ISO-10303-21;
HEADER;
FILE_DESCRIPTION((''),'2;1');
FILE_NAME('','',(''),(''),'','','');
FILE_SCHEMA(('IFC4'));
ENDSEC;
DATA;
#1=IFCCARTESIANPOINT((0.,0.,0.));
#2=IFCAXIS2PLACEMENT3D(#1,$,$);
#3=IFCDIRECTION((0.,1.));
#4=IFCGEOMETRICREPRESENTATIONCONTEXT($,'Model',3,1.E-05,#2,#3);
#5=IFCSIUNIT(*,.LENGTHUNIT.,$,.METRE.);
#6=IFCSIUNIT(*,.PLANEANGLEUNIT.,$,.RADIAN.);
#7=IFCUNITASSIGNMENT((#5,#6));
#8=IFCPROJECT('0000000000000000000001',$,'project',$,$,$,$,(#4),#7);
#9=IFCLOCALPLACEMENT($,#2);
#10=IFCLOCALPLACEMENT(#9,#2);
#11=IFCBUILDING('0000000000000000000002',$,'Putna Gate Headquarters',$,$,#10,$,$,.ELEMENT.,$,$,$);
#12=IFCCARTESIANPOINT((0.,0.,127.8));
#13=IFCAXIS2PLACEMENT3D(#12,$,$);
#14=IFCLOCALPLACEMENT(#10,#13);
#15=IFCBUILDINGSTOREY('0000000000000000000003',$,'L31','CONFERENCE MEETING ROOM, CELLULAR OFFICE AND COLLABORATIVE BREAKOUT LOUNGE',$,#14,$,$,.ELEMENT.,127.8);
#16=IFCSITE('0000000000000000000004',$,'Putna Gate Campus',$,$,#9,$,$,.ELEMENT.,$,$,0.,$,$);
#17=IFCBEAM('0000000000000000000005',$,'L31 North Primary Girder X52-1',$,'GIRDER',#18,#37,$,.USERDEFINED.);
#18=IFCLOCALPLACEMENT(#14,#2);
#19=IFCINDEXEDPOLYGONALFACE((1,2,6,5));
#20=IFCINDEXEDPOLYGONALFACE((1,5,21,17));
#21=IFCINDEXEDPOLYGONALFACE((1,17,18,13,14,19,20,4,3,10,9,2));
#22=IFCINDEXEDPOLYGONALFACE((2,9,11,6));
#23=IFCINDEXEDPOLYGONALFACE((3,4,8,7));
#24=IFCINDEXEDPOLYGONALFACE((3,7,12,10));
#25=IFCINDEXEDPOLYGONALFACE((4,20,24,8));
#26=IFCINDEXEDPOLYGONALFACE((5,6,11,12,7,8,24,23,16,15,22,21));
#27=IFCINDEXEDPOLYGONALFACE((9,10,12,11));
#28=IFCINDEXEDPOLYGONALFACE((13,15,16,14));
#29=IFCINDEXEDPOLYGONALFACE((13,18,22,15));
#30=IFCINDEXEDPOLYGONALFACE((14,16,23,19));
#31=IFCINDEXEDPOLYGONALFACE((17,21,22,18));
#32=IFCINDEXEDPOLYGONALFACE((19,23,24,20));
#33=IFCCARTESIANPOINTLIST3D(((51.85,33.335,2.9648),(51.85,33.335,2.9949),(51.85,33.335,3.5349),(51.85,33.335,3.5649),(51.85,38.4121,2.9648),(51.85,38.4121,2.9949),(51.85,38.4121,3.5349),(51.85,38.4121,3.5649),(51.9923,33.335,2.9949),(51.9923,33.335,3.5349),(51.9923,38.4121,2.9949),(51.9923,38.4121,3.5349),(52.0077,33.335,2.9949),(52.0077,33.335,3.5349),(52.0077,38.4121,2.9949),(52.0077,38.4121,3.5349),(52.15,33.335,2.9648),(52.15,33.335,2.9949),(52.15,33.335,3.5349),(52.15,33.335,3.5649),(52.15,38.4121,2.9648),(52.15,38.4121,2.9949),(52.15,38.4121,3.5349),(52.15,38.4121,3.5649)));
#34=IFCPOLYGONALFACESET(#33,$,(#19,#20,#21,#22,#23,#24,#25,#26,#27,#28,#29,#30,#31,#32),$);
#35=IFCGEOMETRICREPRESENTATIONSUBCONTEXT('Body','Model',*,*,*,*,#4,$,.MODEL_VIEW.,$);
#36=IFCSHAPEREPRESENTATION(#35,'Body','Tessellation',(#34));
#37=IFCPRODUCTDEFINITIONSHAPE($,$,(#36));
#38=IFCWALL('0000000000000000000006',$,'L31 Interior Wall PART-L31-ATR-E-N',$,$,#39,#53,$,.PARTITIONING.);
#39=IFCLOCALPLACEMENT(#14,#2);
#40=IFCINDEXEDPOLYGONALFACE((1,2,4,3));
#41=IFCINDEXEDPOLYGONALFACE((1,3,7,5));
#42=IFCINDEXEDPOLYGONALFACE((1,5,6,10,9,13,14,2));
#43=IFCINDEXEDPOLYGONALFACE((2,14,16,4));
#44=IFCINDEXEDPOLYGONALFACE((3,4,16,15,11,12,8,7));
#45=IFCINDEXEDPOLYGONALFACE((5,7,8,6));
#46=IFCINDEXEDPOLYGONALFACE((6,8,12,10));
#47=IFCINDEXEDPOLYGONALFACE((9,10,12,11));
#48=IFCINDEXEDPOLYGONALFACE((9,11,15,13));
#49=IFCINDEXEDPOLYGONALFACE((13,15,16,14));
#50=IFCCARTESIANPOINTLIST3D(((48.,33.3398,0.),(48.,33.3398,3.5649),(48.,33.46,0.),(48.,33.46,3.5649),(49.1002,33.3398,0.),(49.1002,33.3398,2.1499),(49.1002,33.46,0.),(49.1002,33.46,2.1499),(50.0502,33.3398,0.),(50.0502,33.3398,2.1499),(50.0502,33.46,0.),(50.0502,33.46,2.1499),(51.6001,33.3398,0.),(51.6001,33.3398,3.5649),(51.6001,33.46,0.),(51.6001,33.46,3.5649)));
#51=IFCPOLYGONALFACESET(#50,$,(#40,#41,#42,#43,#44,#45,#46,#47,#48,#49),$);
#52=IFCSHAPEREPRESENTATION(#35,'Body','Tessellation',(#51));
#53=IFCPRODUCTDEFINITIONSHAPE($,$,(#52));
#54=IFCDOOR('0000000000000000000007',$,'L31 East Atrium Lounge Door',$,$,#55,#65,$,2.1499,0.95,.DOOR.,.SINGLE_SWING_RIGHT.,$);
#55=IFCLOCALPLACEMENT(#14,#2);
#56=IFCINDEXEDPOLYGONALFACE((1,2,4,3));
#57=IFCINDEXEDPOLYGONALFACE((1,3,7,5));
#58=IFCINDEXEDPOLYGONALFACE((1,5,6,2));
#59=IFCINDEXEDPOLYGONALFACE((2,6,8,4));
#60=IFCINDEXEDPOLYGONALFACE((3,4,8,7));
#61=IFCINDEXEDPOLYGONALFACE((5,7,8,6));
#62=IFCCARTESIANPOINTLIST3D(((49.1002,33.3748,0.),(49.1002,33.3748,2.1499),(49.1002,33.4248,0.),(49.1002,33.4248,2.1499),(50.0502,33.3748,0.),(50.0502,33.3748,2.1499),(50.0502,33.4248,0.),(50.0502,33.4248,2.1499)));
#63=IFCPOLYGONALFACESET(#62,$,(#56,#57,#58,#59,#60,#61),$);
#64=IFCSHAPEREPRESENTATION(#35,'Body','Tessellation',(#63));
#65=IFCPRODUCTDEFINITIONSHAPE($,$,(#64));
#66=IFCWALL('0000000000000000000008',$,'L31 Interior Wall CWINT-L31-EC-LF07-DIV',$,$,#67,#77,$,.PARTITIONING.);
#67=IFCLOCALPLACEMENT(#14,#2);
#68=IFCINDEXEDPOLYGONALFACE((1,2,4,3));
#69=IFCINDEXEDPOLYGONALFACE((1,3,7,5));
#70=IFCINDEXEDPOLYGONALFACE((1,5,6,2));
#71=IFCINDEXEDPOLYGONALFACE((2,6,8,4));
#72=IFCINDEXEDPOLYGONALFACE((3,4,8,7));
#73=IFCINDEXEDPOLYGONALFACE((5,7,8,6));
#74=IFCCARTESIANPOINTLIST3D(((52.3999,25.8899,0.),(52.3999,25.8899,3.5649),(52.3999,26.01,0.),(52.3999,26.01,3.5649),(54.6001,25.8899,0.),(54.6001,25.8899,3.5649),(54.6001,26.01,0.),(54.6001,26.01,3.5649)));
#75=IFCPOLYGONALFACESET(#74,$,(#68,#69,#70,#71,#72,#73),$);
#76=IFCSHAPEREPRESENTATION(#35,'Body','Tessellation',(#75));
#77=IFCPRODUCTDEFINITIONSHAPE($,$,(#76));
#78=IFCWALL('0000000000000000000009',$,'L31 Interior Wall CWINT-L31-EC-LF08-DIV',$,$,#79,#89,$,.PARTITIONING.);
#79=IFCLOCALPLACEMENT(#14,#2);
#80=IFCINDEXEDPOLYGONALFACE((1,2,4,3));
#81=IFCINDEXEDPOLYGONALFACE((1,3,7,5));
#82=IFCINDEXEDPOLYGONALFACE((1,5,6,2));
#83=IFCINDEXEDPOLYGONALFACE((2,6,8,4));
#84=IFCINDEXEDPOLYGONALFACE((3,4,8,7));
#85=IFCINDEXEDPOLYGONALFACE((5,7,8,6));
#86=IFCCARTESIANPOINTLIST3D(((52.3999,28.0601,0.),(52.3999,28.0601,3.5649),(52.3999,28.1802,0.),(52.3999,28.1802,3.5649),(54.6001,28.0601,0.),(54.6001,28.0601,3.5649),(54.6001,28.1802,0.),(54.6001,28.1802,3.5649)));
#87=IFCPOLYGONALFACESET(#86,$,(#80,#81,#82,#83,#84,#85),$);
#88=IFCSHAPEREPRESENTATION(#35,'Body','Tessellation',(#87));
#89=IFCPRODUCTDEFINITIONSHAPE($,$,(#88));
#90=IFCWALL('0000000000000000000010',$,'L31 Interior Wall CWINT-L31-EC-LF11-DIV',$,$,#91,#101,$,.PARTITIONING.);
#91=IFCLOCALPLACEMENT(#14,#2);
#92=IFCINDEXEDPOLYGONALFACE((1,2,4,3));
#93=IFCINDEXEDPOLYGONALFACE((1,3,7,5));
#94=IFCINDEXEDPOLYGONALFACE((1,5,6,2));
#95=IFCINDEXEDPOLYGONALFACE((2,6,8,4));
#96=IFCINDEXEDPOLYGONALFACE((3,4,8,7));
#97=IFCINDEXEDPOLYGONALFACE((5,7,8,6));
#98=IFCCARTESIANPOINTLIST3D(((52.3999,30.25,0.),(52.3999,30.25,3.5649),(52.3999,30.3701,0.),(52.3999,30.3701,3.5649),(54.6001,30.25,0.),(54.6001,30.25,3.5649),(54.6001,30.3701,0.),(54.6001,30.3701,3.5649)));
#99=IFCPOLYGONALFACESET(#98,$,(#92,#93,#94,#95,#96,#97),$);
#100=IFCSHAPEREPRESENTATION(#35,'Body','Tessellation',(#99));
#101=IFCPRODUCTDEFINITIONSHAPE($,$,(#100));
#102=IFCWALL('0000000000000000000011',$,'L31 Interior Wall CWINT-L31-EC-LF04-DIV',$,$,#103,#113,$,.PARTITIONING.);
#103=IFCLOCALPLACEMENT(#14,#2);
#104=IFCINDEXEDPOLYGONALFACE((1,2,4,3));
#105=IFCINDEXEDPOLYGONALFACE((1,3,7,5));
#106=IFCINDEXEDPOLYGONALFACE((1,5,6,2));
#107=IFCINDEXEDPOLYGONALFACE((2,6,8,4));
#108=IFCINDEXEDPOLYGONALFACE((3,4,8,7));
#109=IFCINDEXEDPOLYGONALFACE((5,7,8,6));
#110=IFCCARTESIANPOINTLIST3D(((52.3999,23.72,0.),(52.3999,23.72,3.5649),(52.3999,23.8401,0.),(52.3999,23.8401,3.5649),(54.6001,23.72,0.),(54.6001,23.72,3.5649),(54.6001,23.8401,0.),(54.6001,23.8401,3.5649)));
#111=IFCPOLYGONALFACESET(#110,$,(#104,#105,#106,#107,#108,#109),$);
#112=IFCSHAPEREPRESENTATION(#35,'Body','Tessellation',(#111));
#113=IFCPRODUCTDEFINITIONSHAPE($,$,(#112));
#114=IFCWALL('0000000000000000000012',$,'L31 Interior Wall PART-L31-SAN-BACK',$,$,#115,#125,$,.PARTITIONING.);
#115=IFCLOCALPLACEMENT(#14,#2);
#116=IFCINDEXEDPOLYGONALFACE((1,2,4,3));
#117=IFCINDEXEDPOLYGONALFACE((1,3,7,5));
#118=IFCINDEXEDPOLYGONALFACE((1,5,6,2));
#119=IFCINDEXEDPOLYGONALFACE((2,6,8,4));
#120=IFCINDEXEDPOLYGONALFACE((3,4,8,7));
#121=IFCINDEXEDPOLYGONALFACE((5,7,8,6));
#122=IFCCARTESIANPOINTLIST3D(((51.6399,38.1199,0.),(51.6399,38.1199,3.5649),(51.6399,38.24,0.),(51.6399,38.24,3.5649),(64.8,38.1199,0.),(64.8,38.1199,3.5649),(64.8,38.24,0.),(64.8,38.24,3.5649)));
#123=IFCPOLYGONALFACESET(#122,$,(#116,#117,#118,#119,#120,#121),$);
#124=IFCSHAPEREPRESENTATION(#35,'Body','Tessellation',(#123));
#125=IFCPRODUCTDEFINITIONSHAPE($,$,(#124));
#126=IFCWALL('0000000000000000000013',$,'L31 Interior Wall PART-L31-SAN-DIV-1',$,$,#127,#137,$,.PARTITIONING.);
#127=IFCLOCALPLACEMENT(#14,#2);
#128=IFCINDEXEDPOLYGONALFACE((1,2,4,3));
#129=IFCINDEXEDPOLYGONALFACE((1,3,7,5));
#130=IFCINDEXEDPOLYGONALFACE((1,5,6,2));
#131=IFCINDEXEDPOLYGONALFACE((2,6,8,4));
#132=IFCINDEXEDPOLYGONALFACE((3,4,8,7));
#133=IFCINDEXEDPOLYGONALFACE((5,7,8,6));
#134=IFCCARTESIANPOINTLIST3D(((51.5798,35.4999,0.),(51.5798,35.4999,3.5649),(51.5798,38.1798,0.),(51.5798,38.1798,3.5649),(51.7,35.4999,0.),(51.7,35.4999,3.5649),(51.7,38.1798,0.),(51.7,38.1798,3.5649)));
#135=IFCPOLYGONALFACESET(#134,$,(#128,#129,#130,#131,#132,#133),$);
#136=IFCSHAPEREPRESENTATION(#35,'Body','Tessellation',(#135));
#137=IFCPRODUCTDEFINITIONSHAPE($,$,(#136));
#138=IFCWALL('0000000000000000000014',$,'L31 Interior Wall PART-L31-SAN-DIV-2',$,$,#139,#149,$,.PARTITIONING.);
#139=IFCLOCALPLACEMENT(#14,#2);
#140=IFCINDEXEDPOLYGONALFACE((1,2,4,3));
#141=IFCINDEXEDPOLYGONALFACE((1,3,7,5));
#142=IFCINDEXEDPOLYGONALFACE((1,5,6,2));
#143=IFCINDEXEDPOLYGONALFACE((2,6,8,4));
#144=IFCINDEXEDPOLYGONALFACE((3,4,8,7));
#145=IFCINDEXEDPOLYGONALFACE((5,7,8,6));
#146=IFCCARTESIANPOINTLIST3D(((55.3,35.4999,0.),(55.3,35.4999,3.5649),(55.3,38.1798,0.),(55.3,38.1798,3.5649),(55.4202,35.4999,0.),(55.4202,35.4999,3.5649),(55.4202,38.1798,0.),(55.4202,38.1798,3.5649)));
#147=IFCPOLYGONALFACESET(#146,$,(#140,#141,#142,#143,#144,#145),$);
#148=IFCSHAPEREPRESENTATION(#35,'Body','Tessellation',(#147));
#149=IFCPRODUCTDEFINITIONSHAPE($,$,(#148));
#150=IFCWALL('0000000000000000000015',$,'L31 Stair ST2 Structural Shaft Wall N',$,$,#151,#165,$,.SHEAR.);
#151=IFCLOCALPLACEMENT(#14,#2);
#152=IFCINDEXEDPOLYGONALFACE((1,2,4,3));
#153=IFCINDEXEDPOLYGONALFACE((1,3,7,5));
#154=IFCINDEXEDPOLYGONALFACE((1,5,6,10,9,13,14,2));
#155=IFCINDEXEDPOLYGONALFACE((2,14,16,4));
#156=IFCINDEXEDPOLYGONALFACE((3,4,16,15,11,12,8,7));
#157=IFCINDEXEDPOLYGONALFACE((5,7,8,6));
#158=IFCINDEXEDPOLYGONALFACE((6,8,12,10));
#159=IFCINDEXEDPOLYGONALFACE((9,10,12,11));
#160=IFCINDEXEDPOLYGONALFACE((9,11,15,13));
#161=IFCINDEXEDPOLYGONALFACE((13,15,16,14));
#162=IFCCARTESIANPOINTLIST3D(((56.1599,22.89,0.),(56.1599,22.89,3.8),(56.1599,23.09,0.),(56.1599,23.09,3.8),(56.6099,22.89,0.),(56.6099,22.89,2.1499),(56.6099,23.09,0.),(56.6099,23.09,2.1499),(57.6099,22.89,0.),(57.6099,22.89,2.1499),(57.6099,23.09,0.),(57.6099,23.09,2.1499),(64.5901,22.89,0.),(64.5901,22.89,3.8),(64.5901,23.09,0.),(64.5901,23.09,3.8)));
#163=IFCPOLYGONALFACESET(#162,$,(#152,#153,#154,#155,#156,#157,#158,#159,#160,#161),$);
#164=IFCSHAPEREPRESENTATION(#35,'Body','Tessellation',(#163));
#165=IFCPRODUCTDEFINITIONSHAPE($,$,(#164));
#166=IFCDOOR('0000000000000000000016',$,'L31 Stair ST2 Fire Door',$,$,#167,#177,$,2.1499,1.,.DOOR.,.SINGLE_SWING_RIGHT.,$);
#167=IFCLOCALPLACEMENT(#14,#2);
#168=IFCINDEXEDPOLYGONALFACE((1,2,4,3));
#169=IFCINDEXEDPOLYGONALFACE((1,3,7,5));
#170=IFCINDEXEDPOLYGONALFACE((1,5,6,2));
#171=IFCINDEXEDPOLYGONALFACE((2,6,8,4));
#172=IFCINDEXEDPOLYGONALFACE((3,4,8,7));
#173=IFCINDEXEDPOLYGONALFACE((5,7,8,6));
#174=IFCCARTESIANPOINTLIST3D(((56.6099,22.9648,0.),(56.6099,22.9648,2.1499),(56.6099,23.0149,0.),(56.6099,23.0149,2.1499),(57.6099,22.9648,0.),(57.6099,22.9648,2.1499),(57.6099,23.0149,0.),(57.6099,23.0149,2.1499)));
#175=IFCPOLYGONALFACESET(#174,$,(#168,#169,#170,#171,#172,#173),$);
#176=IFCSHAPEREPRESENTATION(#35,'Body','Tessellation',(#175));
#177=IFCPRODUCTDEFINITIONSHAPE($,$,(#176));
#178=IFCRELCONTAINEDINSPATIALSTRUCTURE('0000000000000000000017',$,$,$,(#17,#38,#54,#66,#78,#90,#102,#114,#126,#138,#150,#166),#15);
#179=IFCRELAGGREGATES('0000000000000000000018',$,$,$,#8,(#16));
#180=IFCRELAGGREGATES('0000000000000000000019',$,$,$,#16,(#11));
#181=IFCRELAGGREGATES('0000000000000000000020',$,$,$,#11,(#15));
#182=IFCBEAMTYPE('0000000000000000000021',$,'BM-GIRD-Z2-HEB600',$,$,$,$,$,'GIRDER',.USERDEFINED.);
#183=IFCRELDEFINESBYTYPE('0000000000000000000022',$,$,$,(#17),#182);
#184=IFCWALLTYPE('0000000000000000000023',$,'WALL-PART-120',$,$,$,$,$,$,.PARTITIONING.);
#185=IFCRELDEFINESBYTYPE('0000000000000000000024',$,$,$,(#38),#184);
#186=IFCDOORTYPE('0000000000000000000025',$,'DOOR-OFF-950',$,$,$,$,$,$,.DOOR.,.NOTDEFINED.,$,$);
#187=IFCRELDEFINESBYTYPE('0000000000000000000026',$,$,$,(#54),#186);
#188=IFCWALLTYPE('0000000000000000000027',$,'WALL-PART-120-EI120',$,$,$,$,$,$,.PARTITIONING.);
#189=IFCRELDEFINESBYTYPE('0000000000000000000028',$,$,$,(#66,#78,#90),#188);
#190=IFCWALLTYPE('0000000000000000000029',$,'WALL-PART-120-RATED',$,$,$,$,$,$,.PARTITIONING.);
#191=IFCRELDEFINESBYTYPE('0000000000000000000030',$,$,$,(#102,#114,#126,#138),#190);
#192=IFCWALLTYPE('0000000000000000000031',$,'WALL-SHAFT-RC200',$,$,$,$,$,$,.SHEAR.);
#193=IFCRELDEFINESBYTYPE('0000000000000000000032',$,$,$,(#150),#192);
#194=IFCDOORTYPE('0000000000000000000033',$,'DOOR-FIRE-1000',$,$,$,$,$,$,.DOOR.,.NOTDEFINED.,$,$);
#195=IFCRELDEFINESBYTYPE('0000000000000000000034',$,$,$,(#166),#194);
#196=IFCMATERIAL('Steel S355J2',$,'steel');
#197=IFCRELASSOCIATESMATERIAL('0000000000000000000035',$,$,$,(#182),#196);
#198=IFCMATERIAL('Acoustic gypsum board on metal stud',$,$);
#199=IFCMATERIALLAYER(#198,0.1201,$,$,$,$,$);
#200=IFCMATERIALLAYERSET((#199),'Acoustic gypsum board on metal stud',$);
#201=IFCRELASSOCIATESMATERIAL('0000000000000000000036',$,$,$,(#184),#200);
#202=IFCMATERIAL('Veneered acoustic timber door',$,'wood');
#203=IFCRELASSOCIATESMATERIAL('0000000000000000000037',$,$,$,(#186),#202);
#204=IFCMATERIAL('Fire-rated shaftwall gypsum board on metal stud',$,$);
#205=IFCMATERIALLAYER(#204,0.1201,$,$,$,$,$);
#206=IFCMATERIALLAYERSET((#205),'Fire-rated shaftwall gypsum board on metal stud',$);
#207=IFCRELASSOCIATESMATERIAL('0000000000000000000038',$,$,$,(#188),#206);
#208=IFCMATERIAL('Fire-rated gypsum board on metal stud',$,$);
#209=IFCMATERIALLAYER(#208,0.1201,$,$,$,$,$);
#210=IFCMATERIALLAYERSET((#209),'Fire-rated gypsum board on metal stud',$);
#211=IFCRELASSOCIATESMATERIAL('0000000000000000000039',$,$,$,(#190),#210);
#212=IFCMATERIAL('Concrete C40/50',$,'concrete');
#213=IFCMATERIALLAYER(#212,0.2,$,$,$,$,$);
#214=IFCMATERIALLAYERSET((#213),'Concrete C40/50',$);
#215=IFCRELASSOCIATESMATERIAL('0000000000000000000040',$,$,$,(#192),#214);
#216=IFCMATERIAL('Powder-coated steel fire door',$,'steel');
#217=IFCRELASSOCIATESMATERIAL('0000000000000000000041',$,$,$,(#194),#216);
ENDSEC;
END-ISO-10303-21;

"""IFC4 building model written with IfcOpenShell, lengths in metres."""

from ifc_helpers import new_model, si_unit, direction, frame, frame_2d, origin, origin_2d, place, context, subcontext, project, spatial, rectangle, i_section, extrude, material, layer, layer_set, material_profile, profile_set, type_object, element, fill, save


model = new_model("IFC4")

# Units and contexts
model_context = context("Model", 3, precision=1e-05, world=origin(), true_north=direction((0.0, 1.0)))
body_context = subcontext(model_context, "Body", "Model", "MODEL_VIEW")
ifc_project = project(units=[si_unit("LENGTHUNIT", "METRE"), si_unit("PLANEANGLEUNIT", "RADIAN")], contexts=[model_context])

# Site, building, storey
site_placement = place(None, origin())
site = spatial("IfcSite", under=ifc_project, at=site_placement, Name="Putna Gate Campus", CompositionType="ELEMENT", RefElevation=0.0)
building_placement = place(site_placement, origin())
building = spatial("IfcBuilding", under=site, at=building_placement, Name="Putna Gate Headquarters", CompositionType="ELEMENT")
storey_placement = place(building_placement, frame((0.0, 0.0, 127.8)))
storey = spatial("IfcBuildingStorey", under=building, at=storey_placement, Name="L31", Description="CONFERENCE MEETING ROOM, CELLULAR OFFICE AND COLLABORATIVE BREAKOUT LOUNGE", CompositionType="ELEMENT", Elevation=127.8)

# Beam
ifc_material_1 = material(Name="Steel S355J2", Category="steel")
ifc_material_profile = material_profile(ifc_material_1, i_section(OverallWidth=0.3, OverallDepth=0.6001, WebThickness=0.0154, FlangeThickness=0.03, at=origin_2d()), Name="Steel S355J2")
ifc_profile_set = profile_set([ifc_material_profile], Name="Steel S355J2")
beam_type = type_object("IfcBeamType", Name="BM-GIRD-Z2-HEB600", ElementType="GIRDER", PredefinedType="USERDEFINED", material=ifc_profile_set)
beam_placement = place(storey_placement, frame((52.0, 33.335, 3.2649), z_axis=(0.0, 1.0, 0.0), x_axis=(-1.0, 0.0, 0.0)))
element("IfcBeam", 1, at=beam_placement, inside=storey, type_object=beam_type, Name="L31 North Primary Girder X52-1", ObjectType="GIRDER", PredefinedType="USERDEFINED", context=body_context, shape_type="SweptSolid", body=[
    extrude(i_section(OverallWidth=0.3, OverallDepth=0.6001, WebThickness=0.0154, FlangeThickness=0.03, at=origin_2d()), origin(), (0.0, 0.0, 1.0), 5.0771),
])

# Wall, opening, door
ifc_material_2 = material(Name="Acoustic gypsum board on metal stud")
ifc_layer_1 = layer(ifc_material_2, 0.1201)
ifc_layer_set_1 = layer_set([ifc_layer_1], Name="Acoustic gypsum board on metal stud")
wall_type_1 = type_object("IfcWallType", Name="WALL-PART-120", PredefinedType="PARTITIONING", material=ifc_layer_set_1)
wall_1_placement = place(storey_placement, frame((48.0, 33.3999, 0.0), z_axis=(0.0, 0.0, 1.0), x_axis=(1.0, 0.0, 0.0)))
wall_1 = element("IfcWall", 2, at=wall_1_placement, inside=storey, type_object=wall_type_1, Name="L31 Interior Wall PART-L31-ATR-E-N", PredefinedType="PARTITIONING", context=body_context, shape_type="SweptSolid", body=[
    extrude(rectangle(XDim=3.6001, YDim=0.1201, at=frame_2d((1.8, 0.0))), origin(), (0.0, 0.0, 1.0), 3.5649),
])
opening_1_placement = place(wall_1_placement, frame((1.1001, 0.0, 0.0)))
opening_1 = element("IfcOpeningElement", 3, at=opening_1_placement, cuts=wall_1, PredefinedType="OPENING", context=body_context, shape_type="SweptSolid", body=[
    extrude(rectangle(XDim=0.95, YDim=2.1499, at=frame_2d((0.4751, 1.075))), frame((0.0, 0.0701, 0.0), z_axis=(0.0, -1.0, 0.0), x_axis=(1.0, 0.0, 0.0)), (0.0, 0.0, 1.0), 0.1401),
])
ifc_material_3 = material(Name="Veneered acoustic timber door", Category="wood")
door_type_1 = type_object("IfcDoorType", Name="DOOR-OFF-950", OperationType="NOTDEFINED", PredefinedType="DOOR", material=ifc_material_3)
door_1_placement = place(opening_1_placement, origin())
door_1 = element("IfcDoor", 4, at=door_1_placement, inside=storey, type_object=door_type_1, Name="L31 East Atrium Lounge Door", OperationType="SINGLE_SWING_RIGHT", OverallHeight=2.1499, OverallWidth=0.95, PredefinedType="DOOR", context=body_context, shape_type="SweptSolid", body=[
    extrude(rectangle(XDim=0.95, YDim=2.1499, at=frame_2d((0.4751, 1.075))), frame((0.0, 0.0249, 0.0), z_axis=(0.0, -1.0, 0.0), x_axis=(1.0, 0.0, 0.0)), (0.0, 0.0, 1.0), 0.05),
])
fill(opening_1, door_1)

# Walls
ifc_material_4 = material(Name="Fire-rated shaftwall gypsum board on metal stud")
ifc_layer_2 = layer(ifc_material_4, 0.1201)
ifc_layer_set_2 = layer_set([ifc_layer_2], Name="Fire-rated shaftwall gypsum board on metal stud")
wall_type_2 = type_object("IfcWallType", Name="WALL-PART-120-EI120", PredefinedType="PARTITIONING", material=ifc_layer_set_2)
for number, where, z_axis, x_axis, name in (
    (5, (52.3999, 25.95, 0.0), (0.0, 0.0, 1.0), (1.0, 0.0, 0.0), "L31 Interior Wall CWINT-L31-EC-LF07-DIV"),
    (6, (52.3999, 28.1201, 0.0), (0.0, 0.0, 1.0), (1.0, 0.0, 0.0), "L31 Interior Wall CWINT-L31-EC-LF08-DIV"),
    (7, (52.3999, 30.3101, 0.0), (0.0, 0.0, 1.0), (1.0, 0.0, 0.0), "L31 Interior Wall CWINT-L31-EC-LF11-DIV"),
):
    element("IfcWall", number, at=place(storey_placement, frame(where, z_axis=z_axis, x_axis=x_axis)), inside=storey, type_object=wall_type_2, Name=name, PredefinedType="PARTITIONING", context=body_context, shape_type="SweptSolid", body=[
        extrude(rectangle(XDim=2.2002, YDim=0.1201, at=frame_2d((1.1001, 0.0))), origin(), (0.0, 0.0, 1.0), 3.5649),
    ])
ifc_material_5 = material(Name="Fire-rated gypsum board on metal stud")
ifc_layer_3 = layer(ifc_material_5, 0.1201)
ifc_layer_set_3 = layer_set([ifc_layer_3], Name="Fire-rated gypsum board on metal stud")
wall_type_3 = type_object("IfcWallType", Name="WALL-PART-120-RATED", PredefinedType="PARTITIONING", material=ifc_layer_set_3)
wall_2_placement = place(storey_placement, frame((52.3999, 23.78, 0.0), z_axis=(0.0, 0.0, 1.0), x_axis=(1.0, 0.0, 0.0)))
element("IfcWall", 8, at=wall_2_placement, inside=storey, type_object=wall_type_3, Name="L31 Interior Wall CWINT-L31-EC-LF04-DIV", PredefinedType="PARTITIONING", context=body_context, shape_type="SweptSolid", body=[
    extrude(rectangle(XDim=2.2002, YDim=0.1201, at=frame_2d((1.1001, 0.0))), origin(), (0.0, 0.0, 1.0), 3.5649),
])

# Walls
wall_3_placement = place(storey_placement, frame((51.6399, 38.1799, 0.0), z_axis=(0.0, 0.0, 1.0), x_axis=(1.0, 0.0, 0.0)))
element("IfcWall", 9, at=wall_3_placement, inside=storey, type_object=wall_type_3, Name="L31 Interior Wall PART-L31-SAN-BACK", PredefinedType="PARTITIONING", context=body_context, shape_type="SweptSolid", body=[
    extrude(rectangle(XDim=13.1602, YDim=0.1201, at=frame_2d((6.5801, 0.0))), origin(), (0.0, 0.0, 1.0), 3.5649),
])
for number, where, z_axis, x_axis, name in (
    (10, (51.6399, 35.5, 0.0), (0.0, 0.0, 1.0), (0.0, 1.0, 0.0), "L31 Interior Wall PART-L31-SAN-DIV-1"),
    (11, (55.3601, 35.5, 0.0), (0.0, 0.0, 1.0), (0.0, 1.0, 0.0), "L31 Interior Wall PART-L31-SAN-DIV-2"),
):
    element("IfcWall", number, at=place(storey_placement, frame(where, z_axis=z_axis, x_axis=x_axis)), inside=storey, type_object=wall_type_3, Name=name, PredefinedType="PARTITIONING", context=body_context, shape_type="SweptSolid", body=[
        extrude(rectangle(XDim=2.6799, YDim=0.1201, at=frame_2d((1.3398, 0.0))), origin(), (0.0, 0.0, 1.0), 3.5649),
    ])

# Wall, opening, door
ifc_material_6 = material(Name="Concrete C40/50", Category="concrete")
ifc_layer_4 = layer(ifc_material_6, 0.2)
ifc_layer_set_4 = layer_set([ifc_layer_4], Name="Concrete C40/50")
wall_type_4 = type_object("IfcWallType", Name="WALL-SHAFT-RC200", PredefinedType="SHEAR", material=ifc_layer_set_4)
wall_4_placement = place(storey_placement, frame((56.1599, 22.99, 0.0), z_axis=(0.0, 0.0, 1.0), x_axis=(1.0, 0.0, 0.0)))
wall_4 = element("IfcWall", 12, at=wall_4_placement, inside=storey, type_object=wall_type_4, Name="L31 Stair ST2 Structural Shaft Wall N", PredefinedType="SHEAR", context=body_context, shape_type="SweptSolid", body=[
    extrude(rectangle(XDim=8.4302, YDim=0.2, at=frame_2d((4.2151, 0.0))), origin(), (0.0, 0.0, 1.0), 3.8),
])
opening_2_placement = place(wall_4_placement, frame((0.45, 0.0, 0.0)))
opening_2 = element("IfcOpeningElement", 13, at=opening_2_placement, cuts=wall_4, PredefinedType="OPENING", context=body_context, shape_type="SweptSolid", body=[
    extrude(rectangle(XDim=1.0, YDim=2.1499, at=frame_2d((0.5, 1.075))), frame((0.0, 0.1099, 0.0), z_axis=(0.0, -1.0, 0.0), x_axis=(1.0, 0.0, 0.0)), (0.0, 0.0, 1.0), 0.22),
])
ifc_material_7 = material(Name="Powder-coated steel fire door", Category="steel")
door_type_2 = type_object("IfcDoorType", Name="DOOR-FIRE-1000", OperationType="NOTDEFINED", PredefinedType="DOOR", material=ifc_material_7)
door_2_placement = place(opening_2_placement, origin())
door_2 = element("IfcDoor", 14, at=door_2_placement, inside=storey, type_object=door_type_2, Name="L31 Stair ST2 Fire Door", OperationType="SINGLE_SWING_RIGHT", OverallHeight=2.1499, OverallWidth=1.0, PredefinedType="DOOR", context=body_context, shape_type="SweptSolid", body=[
    extrude(rectangle(XDim=1.0, YDim=2.1499, at=frame_2d((0.5, 1.075))), frame((0.0, 0.0249, 0.0), z_axis=(0.0, -1.0, 0.0), x_axis=(1.0, 0.0, 0.0)), (0.0, 0.0, 1.0), 0.05),
])
fill(opening_2, door_2)

save(model, "model.ifc")
